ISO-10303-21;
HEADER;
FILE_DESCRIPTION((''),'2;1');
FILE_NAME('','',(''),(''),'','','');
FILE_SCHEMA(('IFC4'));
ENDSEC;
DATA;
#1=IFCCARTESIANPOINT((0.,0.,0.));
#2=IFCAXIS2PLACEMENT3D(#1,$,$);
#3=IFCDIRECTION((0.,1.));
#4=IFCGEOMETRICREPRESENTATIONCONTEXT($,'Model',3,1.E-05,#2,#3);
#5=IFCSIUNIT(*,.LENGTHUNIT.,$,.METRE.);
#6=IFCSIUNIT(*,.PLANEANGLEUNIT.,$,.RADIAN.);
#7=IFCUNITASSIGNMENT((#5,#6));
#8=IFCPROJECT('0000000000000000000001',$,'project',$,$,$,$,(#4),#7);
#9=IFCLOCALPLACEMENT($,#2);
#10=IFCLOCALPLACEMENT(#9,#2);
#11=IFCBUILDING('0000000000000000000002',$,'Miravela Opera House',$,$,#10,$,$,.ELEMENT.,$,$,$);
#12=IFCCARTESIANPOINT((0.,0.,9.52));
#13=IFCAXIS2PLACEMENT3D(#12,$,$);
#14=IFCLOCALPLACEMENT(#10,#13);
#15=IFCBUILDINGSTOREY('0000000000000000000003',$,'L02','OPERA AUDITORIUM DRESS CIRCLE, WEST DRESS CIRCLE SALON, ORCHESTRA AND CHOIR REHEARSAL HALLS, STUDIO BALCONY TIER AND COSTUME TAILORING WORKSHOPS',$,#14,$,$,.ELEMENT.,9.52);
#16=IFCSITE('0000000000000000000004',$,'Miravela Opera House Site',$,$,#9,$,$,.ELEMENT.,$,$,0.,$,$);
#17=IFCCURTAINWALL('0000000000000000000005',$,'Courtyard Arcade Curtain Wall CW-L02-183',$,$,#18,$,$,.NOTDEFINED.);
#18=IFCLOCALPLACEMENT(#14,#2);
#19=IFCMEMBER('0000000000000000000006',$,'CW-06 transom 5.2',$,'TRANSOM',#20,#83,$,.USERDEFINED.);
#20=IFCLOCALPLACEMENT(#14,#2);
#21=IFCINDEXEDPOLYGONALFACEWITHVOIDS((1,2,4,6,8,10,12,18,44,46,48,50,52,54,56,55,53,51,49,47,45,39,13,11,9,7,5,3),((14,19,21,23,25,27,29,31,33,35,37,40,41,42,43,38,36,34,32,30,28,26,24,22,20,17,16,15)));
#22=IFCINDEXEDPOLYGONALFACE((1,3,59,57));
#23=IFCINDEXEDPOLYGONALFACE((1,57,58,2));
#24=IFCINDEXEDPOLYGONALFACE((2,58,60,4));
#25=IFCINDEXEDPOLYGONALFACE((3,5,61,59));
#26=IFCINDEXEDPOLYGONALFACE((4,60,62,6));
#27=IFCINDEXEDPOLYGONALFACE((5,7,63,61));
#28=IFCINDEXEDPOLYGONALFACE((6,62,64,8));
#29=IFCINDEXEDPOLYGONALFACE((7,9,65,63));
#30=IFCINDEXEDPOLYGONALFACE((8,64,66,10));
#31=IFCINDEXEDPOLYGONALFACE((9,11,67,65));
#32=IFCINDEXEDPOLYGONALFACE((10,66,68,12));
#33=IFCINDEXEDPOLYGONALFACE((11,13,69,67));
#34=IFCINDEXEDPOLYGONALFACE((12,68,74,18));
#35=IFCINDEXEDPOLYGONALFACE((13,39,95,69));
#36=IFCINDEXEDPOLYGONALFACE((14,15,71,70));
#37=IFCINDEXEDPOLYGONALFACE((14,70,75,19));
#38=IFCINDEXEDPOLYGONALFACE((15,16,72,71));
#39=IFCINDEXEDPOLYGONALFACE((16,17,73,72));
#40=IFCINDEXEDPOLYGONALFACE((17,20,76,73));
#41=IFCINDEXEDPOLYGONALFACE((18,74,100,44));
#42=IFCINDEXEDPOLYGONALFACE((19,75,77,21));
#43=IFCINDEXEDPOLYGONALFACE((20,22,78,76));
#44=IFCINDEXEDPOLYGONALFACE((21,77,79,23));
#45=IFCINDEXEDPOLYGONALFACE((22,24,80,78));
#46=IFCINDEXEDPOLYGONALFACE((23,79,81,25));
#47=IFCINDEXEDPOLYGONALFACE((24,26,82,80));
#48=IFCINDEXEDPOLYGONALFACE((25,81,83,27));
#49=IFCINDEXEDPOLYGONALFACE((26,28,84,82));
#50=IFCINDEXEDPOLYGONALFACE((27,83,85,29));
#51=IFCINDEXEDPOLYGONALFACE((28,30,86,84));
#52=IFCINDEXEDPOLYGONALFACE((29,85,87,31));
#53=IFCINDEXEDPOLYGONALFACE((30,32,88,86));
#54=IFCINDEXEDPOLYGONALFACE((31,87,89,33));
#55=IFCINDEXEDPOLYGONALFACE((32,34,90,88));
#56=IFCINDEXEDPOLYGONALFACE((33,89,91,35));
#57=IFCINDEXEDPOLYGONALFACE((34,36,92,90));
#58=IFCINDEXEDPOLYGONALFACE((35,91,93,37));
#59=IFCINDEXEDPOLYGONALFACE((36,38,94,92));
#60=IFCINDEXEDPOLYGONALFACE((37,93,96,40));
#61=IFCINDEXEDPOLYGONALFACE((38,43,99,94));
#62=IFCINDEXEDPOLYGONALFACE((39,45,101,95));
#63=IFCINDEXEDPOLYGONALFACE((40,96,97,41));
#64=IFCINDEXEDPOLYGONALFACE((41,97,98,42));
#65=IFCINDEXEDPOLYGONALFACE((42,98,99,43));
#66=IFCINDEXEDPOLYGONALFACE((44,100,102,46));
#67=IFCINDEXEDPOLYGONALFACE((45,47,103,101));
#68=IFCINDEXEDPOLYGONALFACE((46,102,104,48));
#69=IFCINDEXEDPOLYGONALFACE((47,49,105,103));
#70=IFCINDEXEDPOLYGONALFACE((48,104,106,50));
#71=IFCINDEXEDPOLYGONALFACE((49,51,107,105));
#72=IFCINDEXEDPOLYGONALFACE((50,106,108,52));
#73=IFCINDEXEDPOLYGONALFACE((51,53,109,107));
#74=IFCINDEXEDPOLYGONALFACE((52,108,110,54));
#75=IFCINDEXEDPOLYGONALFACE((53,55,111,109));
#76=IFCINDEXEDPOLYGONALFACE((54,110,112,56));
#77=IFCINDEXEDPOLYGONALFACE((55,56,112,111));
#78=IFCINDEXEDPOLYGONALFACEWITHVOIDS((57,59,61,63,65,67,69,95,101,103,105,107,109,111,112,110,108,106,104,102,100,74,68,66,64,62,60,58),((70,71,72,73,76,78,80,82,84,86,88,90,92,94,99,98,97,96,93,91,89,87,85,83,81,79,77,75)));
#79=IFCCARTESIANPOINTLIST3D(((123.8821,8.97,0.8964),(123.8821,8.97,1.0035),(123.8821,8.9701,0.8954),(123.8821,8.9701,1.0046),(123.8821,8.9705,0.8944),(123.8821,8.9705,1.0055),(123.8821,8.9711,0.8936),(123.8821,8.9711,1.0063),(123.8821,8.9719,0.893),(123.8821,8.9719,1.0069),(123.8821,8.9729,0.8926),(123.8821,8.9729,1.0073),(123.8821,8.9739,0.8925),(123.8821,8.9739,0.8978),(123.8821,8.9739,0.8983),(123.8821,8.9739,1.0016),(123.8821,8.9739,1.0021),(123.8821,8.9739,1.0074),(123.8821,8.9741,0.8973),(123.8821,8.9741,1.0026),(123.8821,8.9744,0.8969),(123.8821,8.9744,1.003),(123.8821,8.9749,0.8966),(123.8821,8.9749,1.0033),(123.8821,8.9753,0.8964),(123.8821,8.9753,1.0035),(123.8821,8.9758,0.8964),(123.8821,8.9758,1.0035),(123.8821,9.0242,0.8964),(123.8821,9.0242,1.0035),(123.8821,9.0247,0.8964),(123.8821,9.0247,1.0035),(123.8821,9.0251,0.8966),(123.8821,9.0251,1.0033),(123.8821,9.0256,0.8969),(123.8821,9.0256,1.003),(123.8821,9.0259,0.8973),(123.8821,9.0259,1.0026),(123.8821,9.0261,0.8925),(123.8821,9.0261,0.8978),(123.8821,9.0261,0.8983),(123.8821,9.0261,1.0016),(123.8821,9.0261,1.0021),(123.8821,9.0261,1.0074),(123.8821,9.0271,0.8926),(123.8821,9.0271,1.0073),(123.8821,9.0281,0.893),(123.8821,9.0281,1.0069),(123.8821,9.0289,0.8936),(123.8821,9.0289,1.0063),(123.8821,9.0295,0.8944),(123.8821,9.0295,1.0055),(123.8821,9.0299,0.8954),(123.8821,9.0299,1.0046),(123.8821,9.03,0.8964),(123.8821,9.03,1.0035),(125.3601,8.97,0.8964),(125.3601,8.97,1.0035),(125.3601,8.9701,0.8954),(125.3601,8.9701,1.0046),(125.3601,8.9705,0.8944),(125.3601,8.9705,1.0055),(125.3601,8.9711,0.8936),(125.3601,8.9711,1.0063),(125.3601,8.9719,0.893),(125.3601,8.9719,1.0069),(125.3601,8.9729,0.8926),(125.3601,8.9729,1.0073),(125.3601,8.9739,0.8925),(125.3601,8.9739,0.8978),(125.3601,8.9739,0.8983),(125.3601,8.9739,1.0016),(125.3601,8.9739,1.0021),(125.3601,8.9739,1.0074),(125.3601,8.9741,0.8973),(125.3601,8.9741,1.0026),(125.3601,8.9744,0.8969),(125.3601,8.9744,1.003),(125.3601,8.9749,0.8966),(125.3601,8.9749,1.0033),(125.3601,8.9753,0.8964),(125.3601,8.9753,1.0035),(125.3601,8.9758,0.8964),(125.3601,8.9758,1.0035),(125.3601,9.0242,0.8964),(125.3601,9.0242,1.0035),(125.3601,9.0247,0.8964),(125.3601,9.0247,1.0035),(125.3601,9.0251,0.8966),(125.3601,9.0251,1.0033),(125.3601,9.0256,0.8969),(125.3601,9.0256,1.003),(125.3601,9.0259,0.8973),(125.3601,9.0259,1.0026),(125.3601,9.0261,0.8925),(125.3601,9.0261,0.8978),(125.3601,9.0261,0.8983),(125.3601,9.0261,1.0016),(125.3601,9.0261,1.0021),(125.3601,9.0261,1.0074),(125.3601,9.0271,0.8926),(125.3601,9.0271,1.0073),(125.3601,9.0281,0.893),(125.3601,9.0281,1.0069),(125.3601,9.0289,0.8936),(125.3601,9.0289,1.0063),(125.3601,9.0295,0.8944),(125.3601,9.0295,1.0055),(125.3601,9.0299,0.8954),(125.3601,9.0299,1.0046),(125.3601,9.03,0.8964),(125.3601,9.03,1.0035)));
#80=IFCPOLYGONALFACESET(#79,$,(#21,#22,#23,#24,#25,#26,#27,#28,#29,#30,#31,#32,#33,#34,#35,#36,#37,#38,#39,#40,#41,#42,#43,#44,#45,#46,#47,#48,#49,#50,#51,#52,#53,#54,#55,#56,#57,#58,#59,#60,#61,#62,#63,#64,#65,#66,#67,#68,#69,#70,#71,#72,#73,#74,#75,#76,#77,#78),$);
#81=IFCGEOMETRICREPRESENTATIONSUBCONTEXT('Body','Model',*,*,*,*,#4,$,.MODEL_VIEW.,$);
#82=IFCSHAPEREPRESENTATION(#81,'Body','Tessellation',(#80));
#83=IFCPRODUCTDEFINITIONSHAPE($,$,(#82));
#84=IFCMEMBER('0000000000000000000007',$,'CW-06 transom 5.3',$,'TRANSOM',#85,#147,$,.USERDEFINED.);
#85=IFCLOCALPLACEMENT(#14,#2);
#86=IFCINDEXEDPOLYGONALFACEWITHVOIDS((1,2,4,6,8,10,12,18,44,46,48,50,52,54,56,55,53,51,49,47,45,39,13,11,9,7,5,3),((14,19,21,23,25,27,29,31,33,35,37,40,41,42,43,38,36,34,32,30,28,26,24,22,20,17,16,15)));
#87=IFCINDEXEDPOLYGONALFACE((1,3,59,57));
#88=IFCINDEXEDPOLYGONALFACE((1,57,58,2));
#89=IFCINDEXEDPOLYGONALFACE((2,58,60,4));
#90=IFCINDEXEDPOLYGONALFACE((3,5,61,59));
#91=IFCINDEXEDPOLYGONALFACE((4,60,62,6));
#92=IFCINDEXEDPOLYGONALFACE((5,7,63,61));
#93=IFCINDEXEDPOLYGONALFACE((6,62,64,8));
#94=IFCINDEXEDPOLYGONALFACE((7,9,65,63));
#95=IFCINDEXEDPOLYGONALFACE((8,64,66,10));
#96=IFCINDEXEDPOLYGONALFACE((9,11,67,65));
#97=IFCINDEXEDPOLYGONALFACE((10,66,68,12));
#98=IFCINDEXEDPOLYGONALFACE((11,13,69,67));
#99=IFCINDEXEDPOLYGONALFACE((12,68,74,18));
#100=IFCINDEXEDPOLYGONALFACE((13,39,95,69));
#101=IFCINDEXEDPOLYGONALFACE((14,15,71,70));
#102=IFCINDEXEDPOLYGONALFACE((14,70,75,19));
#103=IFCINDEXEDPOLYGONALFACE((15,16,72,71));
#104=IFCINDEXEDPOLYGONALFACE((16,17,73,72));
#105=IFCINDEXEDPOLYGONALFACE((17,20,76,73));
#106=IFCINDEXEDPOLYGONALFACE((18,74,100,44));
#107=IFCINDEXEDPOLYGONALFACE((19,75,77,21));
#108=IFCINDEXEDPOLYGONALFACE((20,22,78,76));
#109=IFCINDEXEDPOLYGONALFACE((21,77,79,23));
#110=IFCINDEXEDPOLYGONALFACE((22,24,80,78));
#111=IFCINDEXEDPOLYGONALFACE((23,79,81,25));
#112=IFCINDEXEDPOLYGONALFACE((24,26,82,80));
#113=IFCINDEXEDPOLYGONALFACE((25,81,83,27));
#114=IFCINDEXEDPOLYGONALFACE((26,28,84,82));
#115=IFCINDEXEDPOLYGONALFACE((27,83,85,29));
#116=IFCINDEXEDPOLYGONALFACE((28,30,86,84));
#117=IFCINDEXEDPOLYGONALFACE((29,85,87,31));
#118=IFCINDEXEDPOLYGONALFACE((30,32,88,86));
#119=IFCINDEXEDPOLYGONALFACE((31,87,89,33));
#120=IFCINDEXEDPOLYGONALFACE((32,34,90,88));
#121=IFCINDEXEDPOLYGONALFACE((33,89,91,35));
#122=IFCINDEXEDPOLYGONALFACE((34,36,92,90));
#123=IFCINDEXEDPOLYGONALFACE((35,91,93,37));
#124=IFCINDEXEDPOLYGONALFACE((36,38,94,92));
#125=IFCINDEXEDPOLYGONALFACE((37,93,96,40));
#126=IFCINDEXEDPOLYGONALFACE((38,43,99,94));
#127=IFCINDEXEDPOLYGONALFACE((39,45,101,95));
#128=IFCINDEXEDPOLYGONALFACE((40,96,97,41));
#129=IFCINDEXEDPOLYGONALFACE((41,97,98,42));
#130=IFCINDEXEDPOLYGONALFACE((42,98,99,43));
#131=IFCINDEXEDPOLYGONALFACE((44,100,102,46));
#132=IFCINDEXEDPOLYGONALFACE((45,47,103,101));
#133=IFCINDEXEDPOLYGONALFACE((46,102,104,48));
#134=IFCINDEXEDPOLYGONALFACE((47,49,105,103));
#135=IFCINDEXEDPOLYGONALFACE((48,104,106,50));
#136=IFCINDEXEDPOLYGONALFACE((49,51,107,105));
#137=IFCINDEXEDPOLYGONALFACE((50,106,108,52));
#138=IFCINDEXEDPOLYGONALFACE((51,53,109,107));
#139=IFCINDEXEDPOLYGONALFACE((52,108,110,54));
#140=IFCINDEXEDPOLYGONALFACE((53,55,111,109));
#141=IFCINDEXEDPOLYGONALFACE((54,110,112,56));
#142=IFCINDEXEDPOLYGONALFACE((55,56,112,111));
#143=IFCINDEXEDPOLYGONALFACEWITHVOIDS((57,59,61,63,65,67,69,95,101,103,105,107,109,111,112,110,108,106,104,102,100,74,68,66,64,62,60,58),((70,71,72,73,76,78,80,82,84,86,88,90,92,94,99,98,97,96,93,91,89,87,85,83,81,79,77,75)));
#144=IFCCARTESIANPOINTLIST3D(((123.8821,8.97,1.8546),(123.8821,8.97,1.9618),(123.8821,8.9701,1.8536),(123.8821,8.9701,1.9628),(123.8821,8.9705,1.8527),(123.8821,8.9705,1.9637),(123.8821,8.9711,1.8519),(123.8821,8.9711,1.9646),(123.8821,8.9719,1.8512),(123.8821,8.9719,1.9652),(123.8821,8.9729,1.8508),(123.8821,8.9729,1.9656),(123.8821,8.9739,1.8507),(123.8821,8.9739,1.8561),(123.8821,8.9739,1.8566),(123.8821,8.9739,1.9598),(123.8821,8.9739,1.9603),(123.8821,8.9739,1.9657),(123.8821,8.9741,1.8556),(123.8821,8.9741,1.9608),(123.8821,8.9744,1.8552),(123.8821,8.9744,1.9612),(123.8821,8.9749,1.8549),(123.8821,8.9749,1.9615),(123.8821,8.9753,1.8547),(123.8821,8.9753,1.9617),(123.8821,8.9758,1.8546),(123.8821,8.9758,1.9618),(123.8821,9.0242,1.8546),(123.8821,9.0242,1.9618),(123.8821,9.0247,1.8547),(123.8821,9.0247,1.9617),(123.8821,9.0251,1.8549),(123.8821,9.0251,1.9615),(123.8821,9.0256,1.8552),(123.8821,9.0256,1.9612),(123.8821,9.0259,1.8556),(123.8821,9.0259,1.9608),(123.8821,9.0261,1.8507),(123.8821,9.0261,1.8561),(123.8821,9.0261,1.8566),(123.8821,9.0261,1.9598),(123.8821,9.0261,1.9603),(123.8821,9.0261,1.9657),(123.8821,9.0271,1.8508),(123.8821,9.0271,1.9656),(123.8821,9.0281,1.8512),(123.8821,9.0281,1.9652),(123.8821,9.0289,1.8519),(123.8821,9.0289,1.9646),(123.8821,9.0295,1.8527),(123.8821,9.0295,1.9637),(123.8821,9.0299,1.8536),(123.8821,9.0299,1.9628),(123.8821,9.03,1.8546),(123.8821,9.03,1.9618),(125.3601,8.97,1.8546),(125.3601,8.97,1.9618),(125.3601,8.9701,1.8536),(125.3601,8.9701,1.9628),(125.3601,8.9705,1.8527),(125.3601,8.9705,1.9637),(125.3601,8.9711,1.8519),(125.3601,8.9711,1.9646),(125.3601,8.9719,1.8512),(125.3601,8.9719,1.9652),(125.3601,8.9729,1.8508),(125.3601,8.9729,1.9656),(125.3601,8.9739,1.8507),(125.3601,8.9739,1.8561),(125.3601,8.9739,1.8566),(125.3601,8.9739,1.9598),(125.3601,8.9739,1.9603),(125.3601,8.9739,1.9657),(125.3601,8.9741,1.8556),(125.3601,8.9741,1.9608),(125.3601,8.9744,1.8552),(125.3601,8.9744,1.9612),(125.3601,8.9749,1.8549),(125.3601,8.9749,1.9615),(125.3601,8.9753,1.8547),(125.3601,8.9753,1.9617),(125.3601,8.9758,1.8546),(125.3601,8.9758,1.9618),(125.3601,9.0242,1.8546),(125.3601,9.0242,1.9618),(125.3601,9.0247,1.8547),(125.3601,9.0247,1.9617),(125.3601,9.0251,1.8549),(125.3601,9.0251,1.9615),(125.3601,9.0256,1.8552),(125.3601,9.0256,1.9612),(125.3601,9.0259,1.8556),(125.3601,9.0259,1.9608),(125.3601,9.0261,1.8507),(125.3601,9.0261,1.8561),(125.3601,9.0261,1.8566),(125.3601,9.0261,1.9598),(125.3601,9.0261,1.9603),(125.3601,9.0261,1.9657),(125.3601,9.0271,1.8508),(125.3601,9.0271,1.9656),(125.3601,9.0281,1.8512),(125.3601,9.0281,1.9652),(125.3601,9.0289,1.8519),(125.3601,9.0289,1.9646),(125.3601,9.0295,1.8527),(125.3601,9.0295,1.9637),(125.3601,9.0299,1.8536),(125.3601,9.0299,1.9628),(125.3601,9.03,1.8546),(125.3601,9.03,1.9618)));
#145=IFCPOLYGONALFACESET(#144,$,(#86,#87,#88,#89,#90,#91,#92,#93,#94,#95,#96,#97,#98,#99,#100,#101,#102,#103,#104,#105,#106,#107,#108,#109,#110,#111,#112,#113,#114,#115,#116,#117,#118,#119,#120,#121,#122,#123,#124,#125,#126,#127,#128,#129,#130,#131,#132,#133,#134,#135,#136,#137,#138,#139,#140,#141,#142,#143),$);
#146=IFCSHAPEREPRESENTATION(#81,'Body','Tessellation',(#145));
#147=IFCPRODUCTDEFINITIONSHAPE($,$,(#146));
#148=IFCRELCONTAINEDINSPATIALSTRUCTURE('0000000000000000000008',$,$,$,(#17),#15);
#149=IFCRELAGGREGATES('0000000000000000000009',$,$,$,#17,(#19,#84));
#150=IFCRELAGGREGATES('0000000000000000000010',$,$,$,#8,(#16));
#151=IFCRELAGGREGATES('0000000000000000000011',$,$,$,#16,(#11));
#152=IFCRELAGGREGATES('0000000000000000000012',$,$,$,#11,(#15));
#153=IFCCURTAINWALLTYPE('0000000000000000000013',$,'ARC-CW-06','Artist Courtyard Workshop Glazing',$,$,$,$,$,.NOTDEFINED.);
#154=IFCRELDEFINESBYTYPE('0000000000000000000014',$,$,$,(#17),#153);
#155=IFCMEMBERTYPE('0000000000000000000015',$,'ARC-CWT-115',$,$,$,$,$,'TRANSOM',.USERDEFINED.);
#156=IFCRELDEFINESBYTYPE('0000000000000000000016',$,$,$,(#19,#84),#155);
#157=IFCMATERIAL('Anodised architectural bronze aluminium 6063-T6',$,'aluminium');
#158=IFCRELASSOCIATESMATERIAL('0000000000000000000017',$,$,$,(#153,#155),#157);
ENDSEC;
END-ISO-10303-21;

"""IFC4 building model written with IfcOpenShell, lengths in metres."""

from ifc_helpers import new_model, si_unit, direction, frame, origin, origin_2d, place, context, subcontext, project, spatial, hollow_rectangle, extrude, material, material_profile, profile_set, type_object, element, aggregate, save


model = new_model("IFC4")

# Units and contexts
model_context = context("Model", 3, precision=1e-05, world=origin(), true_north=direction((0.0, 1.0)))
body_context = subcontext(model_context, "Body", "Model", "MODEL_VIEW")
ifc_project = project(units=[si_unit("LENGTHUNIT", "METRE"), si_unit("PLANEANGLEUNIT", "RADIAN")], contexts=[model_context])

# Site, building, storey
site_placement = place(None, origin())
site = spatial("IfcSite", under=ifc_project, at=site_placement, Name="Miravela Opera House Site", CompositionType="ELEMENT", RefElevation=0.0)
building_placement = place(site_placement, origin())
building = spatial("IfcBuilding", under=site, at=building_placement, Name="Miravela Opera House", CompositionType="ELEMENT")
storey_placement = place(building_placement, frame((0.0, 0.0, 9.52)))
storey = spatial("IfcBuildingStorey", under=building, at=storey_placement, Name="L02", Description="OPERA AUDITORIUM DRESS CIRCLE, WEST DRESS CIRCLE SALON, ORCHESTRA AND CHOIR REHEARSAL HALLS, STUDIO BALCONY TIER AND COSTUME TAILORING WORKSHOPS", CompositionType="ELEMENT", Elevation=9.52)

# Curtain wall
ifc_material_1 = material(Name="Anodised architectural bronze aluminium 6063-T6", Category="aluminium")
curtain_wall_type = type_object("IfcCurtainWallType", Name="ARC-CW-06", Description="Artist Courtyard Workshop Glazing", PredefinedType="NOTDEFINED", material=ifc_material_1)
curtain_wall_1_placement = place(storey_placement, origin())
curtain_wall_1 = element("IfcCurtainWall", 1, at=curtain_wall_1_placement, inside=storey, type_object=curtain_wall_type, Name="Courtyard Arcade Curtain Wall CW-L02-183", PredefinedType="NOTDEFINED")

# Members
ifc_material_profile_1 = material_profile(ifc_material_1, hollow_rectangle(XDim=0.0601, YDim=0.115, WallThickness=0.0039, InnerFilletRadius=0.002, OuterFilletRadius=0.0039, at=origin_2d()), Name="CWT-60X115")
ifc_profile_set_1 = profile_set([ifc_material_profile_1])
member_type_1 = type_object("IfcMemberType", Name="ARC-CWT-115", ElementType="TRANSOM", PredefinedType="USERDEFINED", material=ifc_profile_set_1)
member_1_placement = place(storey_placement, frame((123.8821, 9.0, 0.95), z_axis=(1.0, 0.0, 0.0), x_axis=(0.0, 1.0, 0.0)))
member_1 = element("IfcMember", 2, at=member_1_placement, type_object=member_type_1, Name="CW-06 transom 5.2", ObjectType="TRANSOM", PredefinedType="USERDEFINED", context=body_context, shape_type="SweptSolid", body=[
    extrude(hollow_rectangle(XDim=0.0601, YDim=0.115, WallThickness=0.0039, InnerFilletRadius=0.002, OuterFilletRadius=0.0039, at=origin_2d()), origin(), (0.0, 0.0, 1.0), 1.478),
])
member_2_placement = place(storey_placement, frame((123.8821, 9.0, 1.9082), z_axis=(1.0, 0.0, 0.0), x_axis=(0.0, 1.0, 0.0)))
member_2 = element("IfcMember", 3, at=member_2_placement, type_object=member_type_1, Name="CW-06 transom 5.3", ObjectType="TRANSOM", PredefinedType="USERDEFINED", context=body_context, shape_type="SweptSolid", body=[
    extrude(hollow_rectangle(XDim=0.0601, YDim=0.115, WallThickness=0.0039, InnerFilletRadius=0.002, OuterFilletRadius=0.0039, at=origin_2d()), origin(), (0.0, 0.0, 1.0), 1.478),
])

aggregate(curtain_wall_1, [member_1, member_2])

save(model, "model.ifc")
